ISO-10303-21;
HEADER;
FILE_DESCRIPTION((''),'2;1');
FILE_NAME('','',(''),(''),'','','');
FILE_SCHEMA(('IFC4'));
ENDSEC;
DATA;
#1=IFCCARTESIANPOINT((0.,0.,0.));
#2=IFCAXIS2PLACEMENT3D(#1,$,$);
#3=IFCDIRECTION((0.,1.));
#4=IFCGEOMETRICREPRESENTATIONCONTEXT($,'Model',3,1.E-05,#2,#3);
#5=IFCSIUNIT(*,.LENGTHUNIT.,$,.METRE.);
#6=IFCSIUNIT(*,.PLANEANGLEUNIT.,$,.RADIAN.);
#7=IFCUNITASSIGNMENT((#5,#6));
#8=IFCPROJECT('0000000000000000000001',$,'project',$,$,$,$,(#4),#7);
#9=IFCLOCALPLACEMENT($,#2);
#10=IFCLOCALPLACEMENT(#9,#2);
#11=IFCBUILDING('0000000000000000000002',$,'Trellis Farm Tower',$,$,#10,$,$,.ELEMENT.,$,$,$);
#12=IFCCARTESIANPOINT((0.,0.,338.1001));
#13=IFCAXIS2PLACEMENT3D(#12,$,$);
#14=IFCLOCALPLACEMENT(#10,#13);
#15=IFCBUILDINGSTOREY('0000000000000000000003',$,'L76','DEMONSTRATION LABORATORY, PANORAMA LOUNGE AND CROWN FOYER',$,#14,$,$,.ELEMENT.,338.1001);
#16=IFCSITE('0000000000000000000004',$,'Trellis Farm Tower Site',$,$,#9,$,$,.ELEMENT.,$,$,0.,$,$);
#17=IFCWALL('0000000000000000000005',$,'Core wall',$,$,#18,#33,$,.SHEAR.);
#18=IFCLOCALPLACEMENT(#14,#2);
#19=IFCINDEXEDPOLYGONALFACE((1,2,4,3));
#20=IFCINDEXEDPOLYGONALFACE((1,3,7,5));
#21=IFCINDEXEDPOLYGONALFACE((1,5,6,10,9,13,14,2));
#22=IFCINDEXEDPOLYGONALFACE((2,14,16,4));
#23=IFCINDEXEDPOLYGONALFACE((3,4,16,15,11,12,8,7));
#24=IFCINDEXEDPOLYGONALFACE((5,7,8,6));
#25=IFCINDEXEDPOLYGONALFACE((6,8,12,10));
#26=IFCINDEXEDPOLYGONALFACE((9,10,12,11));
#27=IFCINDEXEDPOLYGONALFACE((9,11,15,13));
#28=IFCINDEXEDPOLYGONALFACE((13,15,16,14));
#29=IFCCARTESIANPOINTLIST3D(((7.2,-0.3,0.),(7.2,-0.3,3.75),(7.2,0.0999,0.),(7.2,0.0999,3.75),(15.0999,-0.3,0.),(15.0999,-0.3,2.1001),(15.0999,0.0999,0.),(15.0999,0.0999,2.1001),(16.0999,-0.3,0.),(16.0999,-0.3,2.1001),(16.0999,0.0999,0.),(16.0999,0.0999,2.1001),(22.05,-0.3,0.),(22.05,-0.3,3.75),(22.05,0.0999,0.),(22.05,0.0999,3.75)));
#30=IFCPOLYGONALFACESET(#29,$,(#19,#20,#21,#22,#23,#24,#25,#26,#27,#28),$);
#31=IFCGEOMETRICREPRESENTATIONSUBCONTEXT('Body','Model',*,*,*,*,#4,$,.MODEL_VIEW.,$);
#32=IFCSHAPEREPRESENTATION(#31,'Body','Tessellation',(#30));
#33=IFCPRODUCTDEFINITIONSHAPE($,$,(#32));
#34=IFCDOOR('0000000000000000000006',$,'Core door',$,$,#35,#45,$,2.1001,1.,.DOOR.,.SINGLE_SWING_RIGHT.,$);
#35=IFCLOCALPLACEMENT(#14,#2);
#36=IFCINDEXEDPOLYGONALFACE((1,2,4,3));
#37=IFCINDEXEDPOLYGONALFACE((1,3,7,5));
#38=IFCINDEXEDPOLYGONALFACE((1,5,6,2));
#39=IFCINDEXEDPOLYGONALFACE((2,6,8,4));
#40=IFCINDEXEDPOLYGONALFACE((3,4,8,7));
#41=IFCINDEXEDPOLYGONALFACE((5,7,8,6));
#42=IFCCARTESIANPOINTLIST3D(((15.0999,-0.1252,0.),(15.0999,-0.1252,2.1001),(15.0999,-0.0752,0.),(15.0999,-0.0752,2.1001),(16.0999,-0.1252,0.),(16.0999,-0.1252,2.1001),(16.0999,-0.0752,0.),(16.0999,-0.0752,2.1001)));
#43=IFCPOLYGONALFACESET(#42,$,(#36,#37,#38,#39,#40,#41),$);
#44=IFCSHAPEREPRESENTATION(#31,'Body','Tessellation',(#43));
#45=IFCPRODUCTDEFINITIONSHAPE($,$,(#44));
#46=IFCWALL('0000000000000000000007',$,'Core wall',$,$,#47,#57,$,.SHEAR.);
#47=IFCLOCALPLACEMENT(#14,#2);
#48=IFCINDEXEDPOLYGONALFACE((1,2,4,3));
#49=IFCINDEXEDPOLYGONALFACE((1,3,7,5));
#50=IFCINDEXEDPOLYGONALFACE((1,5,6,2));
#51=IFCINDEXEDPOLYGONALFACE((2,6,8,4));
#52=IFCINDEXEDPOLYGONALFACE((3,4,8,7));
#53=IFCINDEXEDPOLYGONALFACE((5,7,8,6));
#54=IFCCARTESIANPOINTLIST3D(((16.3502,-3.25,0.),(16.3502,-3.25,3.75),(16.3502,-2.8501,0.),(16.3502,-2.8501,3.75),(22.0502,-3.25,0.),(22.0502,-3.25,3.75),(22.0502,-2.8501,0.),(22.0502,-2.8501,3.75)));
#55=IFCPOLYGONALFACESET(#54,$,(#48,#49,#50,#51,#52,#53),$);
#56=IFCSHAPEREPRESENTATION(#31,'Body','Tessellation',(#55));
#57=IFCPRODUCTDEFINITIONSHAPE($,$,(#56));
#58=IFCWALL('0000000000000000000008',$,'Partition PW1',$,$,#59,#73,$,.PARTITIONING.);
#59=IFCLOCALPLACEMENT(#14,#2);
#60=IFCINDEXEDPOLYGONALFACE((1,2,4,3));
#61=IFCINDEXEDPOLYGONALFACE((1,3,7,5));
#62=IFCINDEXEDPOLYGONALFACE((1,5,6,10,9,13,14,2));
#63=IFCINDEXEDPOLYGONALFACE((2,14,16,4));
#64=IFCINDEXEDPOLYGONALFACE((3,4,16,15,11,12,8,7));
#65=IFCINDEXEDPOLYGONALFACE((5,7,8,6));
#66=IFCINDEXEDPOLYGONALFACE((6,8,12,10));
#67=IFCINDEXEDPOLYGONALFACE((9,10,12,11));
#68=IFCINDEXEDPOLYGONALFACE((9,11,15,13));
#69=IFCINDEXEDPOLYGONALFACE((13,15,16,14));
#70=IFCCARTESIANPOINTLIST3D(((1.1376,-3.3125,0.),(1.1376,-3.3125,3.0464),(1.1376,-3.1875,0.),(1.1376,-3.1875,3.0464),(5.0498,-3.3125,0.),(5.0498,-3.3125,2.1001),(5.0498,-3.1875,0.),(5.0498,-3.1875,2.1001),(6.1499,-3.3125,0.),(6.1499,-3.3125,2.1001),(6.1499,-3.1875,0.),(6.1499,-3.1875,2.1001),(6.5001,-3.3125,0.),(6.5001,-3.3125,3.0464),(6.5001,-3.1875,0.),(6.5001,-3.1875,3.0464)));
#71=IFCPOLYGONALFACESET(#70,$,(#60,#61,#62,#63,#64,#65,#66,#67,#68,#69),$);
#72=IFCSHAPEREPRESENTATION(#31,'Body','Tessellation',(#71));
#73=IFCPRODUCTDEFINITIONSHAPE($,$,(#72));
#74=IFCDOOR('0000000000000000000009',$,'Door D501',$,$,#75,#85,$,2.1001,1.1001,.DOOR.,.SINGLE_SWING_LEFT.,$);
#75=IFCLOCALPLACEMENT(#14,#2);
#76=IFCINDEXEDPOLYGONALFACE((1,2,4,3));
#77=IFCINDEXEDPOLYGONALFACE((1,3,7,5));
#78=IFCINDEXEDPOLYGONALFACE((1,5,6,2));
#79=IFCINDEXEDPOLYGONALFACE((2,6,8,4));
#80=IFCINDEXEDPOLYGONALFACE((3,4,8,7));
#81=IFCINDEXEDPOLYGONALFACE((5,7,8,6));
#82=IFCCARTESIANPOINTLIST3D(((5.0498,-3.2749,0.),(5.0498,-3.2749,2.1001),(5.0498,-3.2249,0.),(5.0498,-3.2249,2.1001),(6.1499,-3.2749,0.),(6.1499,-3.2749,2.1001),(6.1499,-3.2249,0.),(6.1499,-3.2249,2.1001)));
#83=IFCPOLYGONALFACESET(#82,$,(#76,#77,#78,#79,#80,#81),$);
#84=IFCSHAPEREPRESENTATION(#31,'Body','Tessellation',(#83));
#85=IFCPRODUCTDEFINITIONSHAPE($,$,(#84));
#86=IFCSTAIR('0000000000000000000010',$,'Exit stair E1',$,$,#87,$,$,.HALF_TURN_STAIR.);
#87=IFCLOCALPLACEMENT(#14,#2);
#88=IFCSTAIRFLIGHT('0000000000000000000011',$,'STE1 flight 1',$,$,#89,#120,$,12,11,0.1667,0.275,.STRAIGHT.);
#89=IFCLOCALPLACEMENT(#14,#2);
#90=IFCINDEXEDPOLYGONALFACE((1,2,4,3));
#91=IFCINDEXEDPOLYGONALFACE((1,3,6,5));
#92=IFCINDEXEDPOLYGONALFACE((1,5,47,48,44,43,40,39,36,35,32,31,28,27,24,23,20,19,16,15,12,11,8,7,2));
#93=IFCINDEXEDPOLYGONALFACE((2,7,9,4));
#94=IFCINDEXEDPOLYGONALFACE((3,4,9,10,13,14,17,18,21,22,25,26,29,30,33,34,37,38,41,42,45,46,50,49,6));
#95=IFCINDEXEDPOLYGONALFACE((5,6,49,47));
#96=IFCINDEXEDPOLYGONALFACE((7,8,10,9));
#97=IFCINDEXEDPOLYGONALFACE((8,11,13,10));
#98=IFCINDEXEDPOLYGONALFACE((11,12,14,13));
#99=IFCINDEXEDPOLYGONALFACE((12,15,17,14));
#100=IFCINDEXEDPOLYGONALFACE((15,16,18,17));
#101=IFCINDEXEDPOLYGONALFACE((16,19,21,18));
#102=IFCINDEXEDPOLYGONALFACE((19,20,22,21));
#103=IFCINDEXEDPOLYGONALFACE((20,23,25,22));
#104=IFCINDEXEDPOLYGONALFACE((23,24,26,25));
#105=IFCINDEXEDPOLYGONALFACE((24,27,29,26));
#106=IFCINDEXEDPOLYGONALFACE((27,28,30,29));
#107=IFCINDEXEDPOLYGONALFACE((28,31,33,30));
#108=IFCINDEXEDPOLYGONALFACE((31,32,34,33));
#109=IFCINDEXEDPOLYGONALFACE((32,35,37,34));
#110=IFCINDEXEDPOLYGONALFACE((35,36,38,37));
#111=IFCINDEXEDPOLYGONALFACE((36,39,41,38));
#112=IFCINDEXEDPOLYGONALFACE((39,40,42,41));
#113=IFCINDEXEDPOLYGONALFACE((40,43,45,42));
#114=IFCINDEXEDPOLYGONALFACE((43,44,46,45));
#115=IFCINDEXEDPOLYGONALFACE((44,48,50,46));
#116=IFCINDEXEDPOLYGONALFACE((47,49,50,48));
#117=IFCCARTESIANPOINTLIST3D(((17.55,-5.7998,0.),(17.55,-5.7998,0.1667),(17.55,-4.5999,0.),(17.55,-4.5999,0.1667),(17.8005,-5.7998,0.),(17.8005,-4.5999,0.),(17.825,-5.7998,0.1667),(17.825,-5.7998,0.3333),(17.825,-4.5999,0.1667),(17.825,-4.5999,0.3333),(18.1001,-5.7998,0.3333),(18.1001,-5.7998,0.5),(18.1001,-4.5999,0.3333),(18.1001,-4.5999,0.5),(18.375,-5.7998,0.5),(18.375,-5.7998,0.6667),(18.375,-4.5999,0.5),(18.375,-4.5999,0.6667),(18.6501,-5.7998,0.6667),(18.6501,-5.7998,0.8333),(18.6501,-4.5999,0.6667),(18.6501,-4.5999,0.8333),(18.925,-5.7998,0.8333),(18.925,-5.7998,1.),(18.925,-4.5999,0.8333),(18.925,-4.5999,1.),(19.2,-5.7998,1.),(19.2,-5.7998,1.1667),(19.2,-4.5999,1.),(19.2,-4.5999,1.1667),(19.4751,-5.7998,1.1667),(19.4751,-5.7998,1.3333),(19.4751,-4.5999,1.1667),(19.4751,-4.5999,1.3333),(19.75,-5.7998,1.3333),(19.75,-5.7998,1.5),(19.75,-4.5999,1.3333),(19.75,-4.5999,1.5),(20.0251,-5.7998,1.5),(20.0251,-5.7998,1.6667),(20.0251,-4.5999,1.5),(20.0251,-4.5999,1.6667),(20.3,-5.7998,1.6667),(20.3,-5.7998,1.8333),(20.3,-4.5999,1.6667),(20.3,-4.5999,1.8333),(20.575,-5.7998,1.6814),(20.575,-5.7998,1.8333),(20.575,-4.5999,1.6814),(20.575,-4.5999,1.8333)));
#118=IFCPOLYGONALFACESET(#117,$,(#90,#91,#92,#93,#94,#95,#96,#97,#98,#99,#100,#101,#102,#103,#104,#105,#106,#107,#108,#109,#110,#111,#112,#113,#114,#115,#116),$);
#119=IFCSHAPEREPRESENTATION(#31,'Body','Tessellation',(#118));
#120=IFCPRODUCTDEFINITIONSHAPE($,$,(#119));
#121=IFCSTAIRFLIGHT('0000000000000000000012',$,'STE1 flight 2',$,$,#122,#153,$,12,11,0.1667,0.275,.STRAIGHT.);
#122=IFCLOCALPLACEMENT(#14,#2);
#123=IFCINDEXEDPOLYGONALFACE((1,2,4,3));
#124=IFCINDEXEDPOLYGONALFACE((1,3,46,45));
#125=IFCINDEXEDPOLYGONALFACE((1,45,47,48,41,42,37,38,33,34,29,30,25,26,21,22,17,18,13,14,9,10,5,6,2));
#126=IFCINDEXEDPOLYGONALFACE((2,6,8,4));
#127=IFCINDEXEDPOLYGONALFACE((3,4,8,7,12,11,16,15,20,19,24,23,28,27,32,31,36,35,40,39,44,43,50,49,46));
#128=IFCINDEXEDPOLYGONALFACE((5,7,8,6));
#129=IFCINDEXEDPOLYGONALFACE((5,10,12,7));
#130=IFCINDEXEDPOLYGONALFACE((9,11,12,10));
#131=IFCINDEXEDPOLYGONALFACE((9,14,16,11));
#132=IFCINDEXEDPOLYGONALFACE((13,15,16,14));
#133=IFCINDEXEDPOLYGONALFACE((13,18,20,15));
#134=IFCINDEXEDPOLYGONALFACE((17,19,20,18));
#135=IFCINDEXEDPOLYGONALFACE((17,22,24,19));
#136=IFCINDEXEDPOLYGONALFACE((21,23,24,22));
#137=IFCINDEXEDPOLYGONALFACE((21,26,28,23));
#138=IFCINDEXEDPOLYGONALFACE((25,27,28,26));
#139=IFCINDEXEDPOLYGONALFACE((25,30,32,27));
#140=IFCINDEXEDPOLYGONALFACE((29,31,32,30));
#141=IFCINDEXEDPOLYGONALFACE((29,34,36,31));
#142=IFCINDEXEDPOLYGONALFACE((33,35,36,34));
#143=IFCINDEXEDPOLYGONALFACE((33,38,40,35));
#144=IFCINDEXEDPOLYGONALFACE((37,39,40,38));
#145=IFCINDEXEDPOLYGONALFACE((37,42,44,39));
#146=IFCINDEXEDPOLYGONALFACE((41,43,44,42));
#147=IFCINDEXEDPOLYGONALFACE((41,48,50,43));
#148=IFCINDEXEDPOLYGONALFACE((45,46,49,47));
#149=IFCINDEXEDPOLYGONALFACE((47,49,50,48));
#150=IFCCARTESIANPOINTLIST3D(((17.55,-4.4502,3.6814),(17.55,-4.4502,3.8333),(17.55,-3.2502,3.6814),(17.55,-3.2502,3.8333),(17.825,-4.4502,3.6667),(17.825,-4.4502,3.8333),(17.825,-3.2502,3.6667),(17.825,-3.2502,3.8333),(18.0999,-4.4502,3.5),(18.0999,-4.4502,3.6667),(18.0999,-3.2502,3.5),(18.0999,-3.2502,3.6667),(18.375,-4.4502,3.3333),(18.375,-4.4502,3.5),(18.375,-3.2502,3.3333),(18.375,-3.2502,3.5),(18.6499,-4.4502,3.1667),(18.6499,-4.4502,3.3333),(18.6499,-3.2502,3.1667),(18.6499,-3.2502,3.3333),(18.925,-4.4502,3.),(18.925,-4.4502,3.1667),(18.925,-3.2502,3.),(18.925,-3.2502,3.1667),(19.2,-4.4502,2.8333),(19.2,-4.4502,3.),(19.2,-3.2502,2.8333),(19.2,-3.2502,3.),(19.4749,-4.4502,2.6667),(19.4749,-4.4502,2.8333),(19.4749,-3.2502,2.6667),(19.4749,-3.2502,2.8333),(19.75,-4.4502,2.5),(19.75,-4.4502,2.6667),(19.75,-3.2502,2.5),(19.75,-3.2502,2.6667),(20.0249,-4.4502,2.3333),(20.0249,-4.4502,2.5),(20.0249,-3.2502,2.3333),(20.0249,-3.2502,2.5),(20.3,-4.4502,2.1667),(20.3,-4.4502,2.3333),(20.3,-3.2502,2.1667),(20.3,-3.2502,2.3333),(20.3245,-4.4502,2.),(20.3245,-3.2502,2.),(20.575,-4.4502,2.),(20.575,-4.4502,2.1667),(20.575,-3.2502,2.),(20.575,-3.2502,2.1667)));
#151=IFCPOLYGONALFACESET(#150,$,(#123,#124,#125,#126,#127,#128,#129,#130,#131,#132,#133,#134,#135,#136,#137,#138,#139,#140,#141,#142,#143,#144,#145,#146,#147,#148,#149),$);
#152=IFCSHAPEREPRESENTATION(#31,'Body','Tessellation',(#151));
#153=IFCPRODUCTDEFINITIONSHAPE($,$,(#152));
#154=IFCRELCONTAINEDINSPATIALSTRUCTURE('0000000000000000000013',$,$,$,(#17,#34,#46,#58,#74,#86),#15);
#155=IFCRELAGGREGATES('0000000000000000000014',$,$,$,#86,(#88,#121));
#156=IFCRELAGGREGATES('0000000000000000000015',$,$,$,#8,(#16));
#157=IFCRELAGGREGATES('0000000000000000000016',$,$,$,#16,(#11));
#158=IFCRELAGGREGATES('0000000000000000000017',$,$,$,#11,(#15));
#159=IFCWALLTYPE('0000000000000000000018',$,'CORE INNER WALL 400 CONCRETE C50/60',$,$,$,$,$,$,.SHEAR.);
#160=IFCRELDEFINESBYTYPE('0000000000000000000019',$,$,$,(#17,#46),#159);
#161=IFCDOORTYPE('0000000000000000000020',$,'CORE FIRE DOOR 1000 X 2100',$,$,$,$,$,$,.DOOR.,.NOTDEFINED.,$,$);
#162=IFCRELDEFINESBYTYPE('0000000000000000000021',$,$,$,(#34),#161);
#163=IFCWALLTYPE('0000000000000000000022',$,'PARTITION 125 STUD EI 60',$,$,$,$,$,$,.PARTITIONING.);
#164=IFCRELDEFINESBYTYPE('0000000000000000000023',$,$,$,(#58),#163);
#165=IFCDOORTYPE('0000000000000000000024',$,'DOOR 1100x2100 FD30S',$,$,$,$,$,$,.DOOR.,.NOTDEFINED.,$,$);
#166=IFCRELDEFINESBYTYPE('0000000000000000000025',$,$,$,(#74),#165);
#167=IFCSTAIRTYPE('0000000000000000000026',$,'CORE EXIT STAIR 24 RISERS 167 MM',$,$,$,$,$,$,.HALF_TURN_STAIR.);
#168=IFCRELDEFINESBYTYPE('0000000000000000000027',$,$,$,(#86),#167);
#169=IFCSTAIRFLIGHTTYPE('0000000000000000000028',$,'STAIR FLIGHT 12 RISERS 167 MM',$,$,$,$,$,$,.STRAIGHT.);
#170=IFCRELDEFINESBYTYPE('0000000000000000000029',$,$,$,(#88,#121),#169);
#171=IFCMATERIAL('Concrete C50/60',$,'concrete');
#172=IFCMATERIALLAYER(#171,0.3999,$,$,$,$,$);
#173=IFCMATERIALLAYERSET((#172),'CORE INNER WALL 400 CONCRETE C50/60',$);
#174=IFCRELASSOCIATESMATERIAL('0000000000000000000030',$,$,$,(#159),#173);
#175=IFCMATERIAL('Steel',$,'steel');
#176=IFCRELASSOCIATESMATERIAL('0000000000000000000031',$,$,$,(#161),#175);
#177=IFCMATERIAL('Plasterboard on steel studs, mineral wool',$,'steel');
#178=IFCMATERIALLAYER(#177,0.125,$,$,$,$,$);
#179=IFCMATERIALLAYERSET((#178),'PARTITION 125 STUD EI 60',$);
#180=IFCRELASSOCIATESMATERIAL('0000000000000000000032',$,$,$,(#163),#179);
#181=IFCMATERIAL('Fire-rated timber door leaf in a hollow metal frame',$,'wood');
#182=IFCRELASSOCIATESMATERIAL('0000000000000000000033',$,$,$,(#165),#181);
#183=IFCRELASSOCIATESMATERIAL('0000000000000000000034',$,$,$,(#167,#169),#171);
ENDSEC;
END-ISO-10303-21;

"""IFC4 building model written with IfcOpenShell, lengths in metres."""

from ifc_helpers import new_model, si_unit, direction, frame, frame_2d, origin, place, context, subcontext, project, spatial, polyline, rectangle, outline, extrude, source, transform, mapped, material, layer, layer_set, type_object, element, fill, aggregate, save


model = new_model("IFC4")

# Units and contexts
model_context = context("Model", 3, precision=1e-05, world=origin(), true_north=direction((0.0, 1.0)))
body_context = subcontext(model_context, "Body", "Model", "MODEL_VIEW")
ifc_project = project(units=[si_unit("LENGTHUNIT", "METRE"), si_unit("PLANEANGLEUNIT", "RADIAN")], contexts=[model_context])

# Site, building, storey
site_placement = place(None, origin())
site = spatial("IfcSite", under=ifc_project, at=site_placement, Name="Trellis Farm Tower Site", CompositionType="ELEMENT", RefElevation=0.0)
building_placement = place(site_placement, origin())
building = spatial("IfcBuilding", under=site, at=building_placement, Name="Trellis Farm Tower", CompositionType="ELEMENT")
storey_placement = place(building_placement, frame((0.0, 0.0, 338.1001)))
storey = spatial("IfcBuildingStorey", under=building, at=storey_placement, Name="L76", Description="DEMONSTRATION LABORATORY, PANORAMA LOUNGE AND CROWN FOYER", CompositionType="ELEMENT", Elevation=338.1001)

# Shared definitions
ifc_material_1 = material(Name="Concrete C50/60", Category="concrete")

# Shared definitions
ifc_layer_1 = layer(ifc_material_1, 0.3999)
ifc_layer_set_1 = layer_set([ifc_layer_1], Name="CORE INNER WALL 400 CONCRETE C50/60")
wall_type_1 = type_object("IfcWallType", Name="CORE INNER WALL 400 CONCRETE C50/60", PredefinedType="SHEAR", material=ifc_layer_set_1)
ifc_material_2 = material(Name="Steel", Category="steel")

# Wall, opening, door
shared_shape_1 = source(origin(), body_context, "Body", "SweptSolid", [
    extrude(rectangle(XDim=14.8501, YDim=0.3999, at=frame_2d((7.425, 0.0))), origin(), (0.0, 0.0, 1.0), 3.75),
])
wall_1_placement = place(storey_placement, frame((7.2, -0.1001, 0.0), z_axis=(0.0, 0.0, 1.0), x_axis=(1.0, 0.0, 0.0)))
wall_1 = element("IfcWall", 1, at=wall_1_placement, inside=storey, type_object=wall_type_1, Name="Core wall", PredefinedType="SHEAR", context=body_context, shape_type="MappedRepresentation", body=[
    mapped(shared_shape_1, transform((0.0, 0.0, 0.0))),
])
shared_shape_2 = source(origin(), body_context, "Body", "SweptSolid", [
    extrude(rectangle(XDim=1.0, YDim=2.1001, at=frame_2d((0.5, 1.05))), frame((0.0, 0.21, 0.0), z_axis=(0.0, -1.0, 0.0), x_axis=(1.0, 0.0, 0.0)), (0.0, 0.0, 1.0), 0.4199),
])
opening_1_placement = place(wall_1_placement, frame((7.8999, 0.0, 0.0)))
opening_1 = element("IfcOpeningElement", 2, at=opening_1_placement, cuts=wall_1, PredefinedType="OPENING", context=body_context, shape_type="MappedRepresentation", body=[
    mapped(shared_shape_2, transform((0.0, 0.0, 0.0))),
])
door_type_1 = type_object("IfcDoorType", Name="CORE FIRE DOOR 1000 X 2100", OperationType="NOTDEFINED", PredefinedType="DOOR", material=ifc_material_2)
shared_shape_3 = source(origin(), body_context, "Body", "SweptSolid", [
    extrude(rectangle(XDim=1.0, YDim=2.1001, at=frame_2d((0.5, 1.05))), frame((0.0, 0.0249, 0.0), z_axis=(0.0, -1.0, 0.0), x_axis=(1.0, 0.0, 0.0)), (0.0, 0.0, 1.0), 0.05),
])
door_1_placement = place(opening_1_placement, origin())
door_1 = element("IfcDoor", 3, at=door_1_placement, inside=storey, type_object=door_type_1, Name="Core door", OperationType="SINGLE_SWING_RIGHT", OverallHeight=2.1001, OverallWidth=1.0, PredefinedType="DOOR", context=body_context, shape_type="MappedRepresentation", body=[
    mapped(shared_shape_3, transform((0.0, 0.0, 0.0))),
])
fill(opening_1, door_1)

# Wall
shared_shape_4 = source(origin(), body_context, "Body", "SweptSolid", [
    extrude(rectangle(XDim=5.7, YDim=0.3999, at=frame_2d((2.8501, 0.0))), origin(), (0.0, 0.0, 1.0), 3.75),
])
wall_2_placement = place(storey_placement, frame((16.3501, -3.05, 0.0), z_axis=(0.0, 0.0, 1.0), x_axis=(1.0, 0.0, 0.0)))
element("IfcWall", 4, at=wall_2_placement, inside=storey, type_object=wall_type_1, Name="Core wall", PredefinedType="SHEAR", context=body_context, shape_type="MappedRepresentation", body=[
    mapped(shared_shape_4, transform((0.0, 0.0, 0.0))),
])

# Wall, opening, door
ifc_material_3 = material(Name="Plasterboard on steel studs, mineral wool", Category="steel")
ifc_layer_2 = layer(ifc_material_3, 0.125)
ifc_layer_set_2 = layer_set([ifc_layer_2], Name="PARTITION 125 STUD EI 60")
wall_type_2 = type_object("IfcWallType", Name="PARTITION 125 STUD EI 60", PredefinedType="PARTITIONING", material=ifc_layer_set_2)
shared_shape_5 = source(origin(), body_context, "Body", "SweptSolid", [
    extrude(rectangle(XDim=5.3625, YDim=0.125, at=frame_2d((2.6812, 0.0))), origin(), (0.0, 0.0, 1.0), 3.0464),
])
wall_3_placement = place(storey_placement, frame((6.5, -3.25, 0.0), z_axis=(0.0, 0.0, 1.0), x_axis=(-1.0, 0.0, 0.0)))
wall_3 = element("IfcWall", 5, at=wall_3_placement, inside=storey, type_object=wall_type_2, Name="Partition PW1", PredefinedType="PARTITIONING", context=body_context, shape_type="MappedRepresentation", body=[
    mapped(shared_shape_5, transform((0.0, 0.0, 0.0))),
])
shared_shape_6 = source(origin(), body_context, "Body", "SweptSolid", [
    extrude(rectangle(XDim=1.1001, YDim=2.1001, at=frame_2d((0.55, 1.05))), frame((0.0, 0.0725, 0.0), z_axis=(0.0, -1.0, 0.0), x_axis=(1.0, 0.0, 0.0)), (0.0, 0.0, 1.0), 0.145),
])
opening_2_placement = place(wall_3_placement, frame((0.3501, 0.0, 0.0)))
opening_2 = element("IfcOpeningElement", 6, at=opening_2_placement, cuts=wall_3, PredefinedType="OPENING", context=body_context, shape_type="MappedRepresentation", body=[
    mapped(shared_shape_6, transform((0.0, 0.0, 0.0))),
])
ifc_material_4 = material(Name="Fire-rated timber door leaf in a hollow metal frame", Category="wood")
door_type_2 = type_object("IfcDoorType", Name="DOOR 1100x2100 FD30S", OperationType="NOTDEFINED", PredefinedType="DOOR", material=ifc_material_4)
shared_shape_7 = source(origin(), body_context, "Body", "SweptSolid", [
    extrude(rectangle(XDim=1.1001, YDim=2.1001, at=frame_2d((0.55, 1.05))), frame((0.0, 0.0249, 0.0), z_axis=(0.0, -1.0, 0.0), x_axis=(1.0, 0.0, 0.0)), (0.0, 0.0, 1.0), 0.05),
])
door_2_placement = place(opening_2_placement, origin())
door_2 = element("IfcDoor", 7, at=door_2_placement, inside=storey, type_object=door_type_2, Name="Door D501", OperationType="SINGLE_SWING_LEFT", OverallHeight=2.1001, OverallWidth=1.1001, PredefinedType="DOOR", context=body_context, shape_type="MappedRepresentation", body=[
    mapped(shared_shape_7, transform((0.0, 0.0, 0.0))),
])
fill(opening_2, door_2)

# Stair, stair flights
stair_type = type_object("IfcStairType", Name="CORE EXIT STAIR 24 RISERS 167 MM", PredefinedType="HALF_TURN_STAIR", material=ifc_material_1)
placement = place(storey_placement, origin())
stair_1 = element("IfcStair", 8, at=placement, inside=storey, type_object=stair_type, Name="Exit stair E1", PredefinedType="HALF_TURN_STAIR")
stair_flight_type = type_object("IfcStairFlightType", Name="STAIR FLIGHT 12 RISERS 167 MM", PredefinedType="STRAIGHT", material=ifc_material_1)
shared_shape_8 = source(origin(), body_context, "Body", "SweptSolid", [
    extrude(outline(polyline([(0.0, 0.0), (0.0, 0.1667), (0.2749, 0.1667), (0.2749, 0.3333), (0.55, 0.3333), (0.55, 0.5), (0.825, 0.5), (0.825, 0.6667), (1.1001, 0.6667), (1.1001, 0.8333), (1.375, 0.8333), (1.375, 1.0), (1.6499, 1.0), (1.6499, 1.1667), (1.925, 1.1667), (1.925, 1.3333), (2.2, 1.3333), (2.2, 1.5), (2.4751, 1.5), (2.4751, 1.6667), (2.75, 1.6667), (2.75, 1.8333), (3.0249, 1.8333), (3.0249, 2.0), (3.0249, 1.6814), (0.2505, 0.0), (0.0, 0.0)])), frame((0.0, 0.6001, 0.0), z_axis=(0.0, -1.0, 0.0), x_axis=(1.0, 0.0, 0.0)), (0.0, 0.0, 1.0), 1.2),
])
stair_flight_1_placement = place(storey_placement, frame((17.55, -5.2, 0.0), z_axis=(0.0, 0.0, 1.0), x_axis=(1.0, 0.0, 0.0)))
stair_flight_1 = element("IfcStairFlight", 9, at=stair_flight_1_placement, type_object=stair_flight_type, Name="STE1 flight 1", NumberOfRisers=12, NumberOfTreads=11, PredefinedType="STRAIGHT", RiserHeight=0.1667, TreadLength=0.275, context=body_context, shape_type="MappedRepresentation", body=[
    mapped(shared_shape_8, transform((0.0, 0.0, 0.0))),
])
stair_flight_2_placement = place(storey_placement, frame((20.575, -3.8501, 2.0), z_axis=(0.0, 0.0, 1.0), x_axis=(-1.0, 0.0, 0.0)))
stair_flight_2 = element("IfcStairFlight", 10, at=stair_flight_2_placement, type_object=stair_flight_type, Name="STE1 flight 2", NumberOfRisers=12, NumberOfTreads=11, PredefinedType="STRAIGHT", RiserHeight=0.1667, TreadLength=0.275, context=body_context, shape_type="MappedRepresentation", body=[
    mapped(shared_shape_8, transform((0.0, 0.0, 0.0))),
])
aggregate(stair_1, [stair_flight_1, stair_flight_2])

save(model, "model.ifc")
